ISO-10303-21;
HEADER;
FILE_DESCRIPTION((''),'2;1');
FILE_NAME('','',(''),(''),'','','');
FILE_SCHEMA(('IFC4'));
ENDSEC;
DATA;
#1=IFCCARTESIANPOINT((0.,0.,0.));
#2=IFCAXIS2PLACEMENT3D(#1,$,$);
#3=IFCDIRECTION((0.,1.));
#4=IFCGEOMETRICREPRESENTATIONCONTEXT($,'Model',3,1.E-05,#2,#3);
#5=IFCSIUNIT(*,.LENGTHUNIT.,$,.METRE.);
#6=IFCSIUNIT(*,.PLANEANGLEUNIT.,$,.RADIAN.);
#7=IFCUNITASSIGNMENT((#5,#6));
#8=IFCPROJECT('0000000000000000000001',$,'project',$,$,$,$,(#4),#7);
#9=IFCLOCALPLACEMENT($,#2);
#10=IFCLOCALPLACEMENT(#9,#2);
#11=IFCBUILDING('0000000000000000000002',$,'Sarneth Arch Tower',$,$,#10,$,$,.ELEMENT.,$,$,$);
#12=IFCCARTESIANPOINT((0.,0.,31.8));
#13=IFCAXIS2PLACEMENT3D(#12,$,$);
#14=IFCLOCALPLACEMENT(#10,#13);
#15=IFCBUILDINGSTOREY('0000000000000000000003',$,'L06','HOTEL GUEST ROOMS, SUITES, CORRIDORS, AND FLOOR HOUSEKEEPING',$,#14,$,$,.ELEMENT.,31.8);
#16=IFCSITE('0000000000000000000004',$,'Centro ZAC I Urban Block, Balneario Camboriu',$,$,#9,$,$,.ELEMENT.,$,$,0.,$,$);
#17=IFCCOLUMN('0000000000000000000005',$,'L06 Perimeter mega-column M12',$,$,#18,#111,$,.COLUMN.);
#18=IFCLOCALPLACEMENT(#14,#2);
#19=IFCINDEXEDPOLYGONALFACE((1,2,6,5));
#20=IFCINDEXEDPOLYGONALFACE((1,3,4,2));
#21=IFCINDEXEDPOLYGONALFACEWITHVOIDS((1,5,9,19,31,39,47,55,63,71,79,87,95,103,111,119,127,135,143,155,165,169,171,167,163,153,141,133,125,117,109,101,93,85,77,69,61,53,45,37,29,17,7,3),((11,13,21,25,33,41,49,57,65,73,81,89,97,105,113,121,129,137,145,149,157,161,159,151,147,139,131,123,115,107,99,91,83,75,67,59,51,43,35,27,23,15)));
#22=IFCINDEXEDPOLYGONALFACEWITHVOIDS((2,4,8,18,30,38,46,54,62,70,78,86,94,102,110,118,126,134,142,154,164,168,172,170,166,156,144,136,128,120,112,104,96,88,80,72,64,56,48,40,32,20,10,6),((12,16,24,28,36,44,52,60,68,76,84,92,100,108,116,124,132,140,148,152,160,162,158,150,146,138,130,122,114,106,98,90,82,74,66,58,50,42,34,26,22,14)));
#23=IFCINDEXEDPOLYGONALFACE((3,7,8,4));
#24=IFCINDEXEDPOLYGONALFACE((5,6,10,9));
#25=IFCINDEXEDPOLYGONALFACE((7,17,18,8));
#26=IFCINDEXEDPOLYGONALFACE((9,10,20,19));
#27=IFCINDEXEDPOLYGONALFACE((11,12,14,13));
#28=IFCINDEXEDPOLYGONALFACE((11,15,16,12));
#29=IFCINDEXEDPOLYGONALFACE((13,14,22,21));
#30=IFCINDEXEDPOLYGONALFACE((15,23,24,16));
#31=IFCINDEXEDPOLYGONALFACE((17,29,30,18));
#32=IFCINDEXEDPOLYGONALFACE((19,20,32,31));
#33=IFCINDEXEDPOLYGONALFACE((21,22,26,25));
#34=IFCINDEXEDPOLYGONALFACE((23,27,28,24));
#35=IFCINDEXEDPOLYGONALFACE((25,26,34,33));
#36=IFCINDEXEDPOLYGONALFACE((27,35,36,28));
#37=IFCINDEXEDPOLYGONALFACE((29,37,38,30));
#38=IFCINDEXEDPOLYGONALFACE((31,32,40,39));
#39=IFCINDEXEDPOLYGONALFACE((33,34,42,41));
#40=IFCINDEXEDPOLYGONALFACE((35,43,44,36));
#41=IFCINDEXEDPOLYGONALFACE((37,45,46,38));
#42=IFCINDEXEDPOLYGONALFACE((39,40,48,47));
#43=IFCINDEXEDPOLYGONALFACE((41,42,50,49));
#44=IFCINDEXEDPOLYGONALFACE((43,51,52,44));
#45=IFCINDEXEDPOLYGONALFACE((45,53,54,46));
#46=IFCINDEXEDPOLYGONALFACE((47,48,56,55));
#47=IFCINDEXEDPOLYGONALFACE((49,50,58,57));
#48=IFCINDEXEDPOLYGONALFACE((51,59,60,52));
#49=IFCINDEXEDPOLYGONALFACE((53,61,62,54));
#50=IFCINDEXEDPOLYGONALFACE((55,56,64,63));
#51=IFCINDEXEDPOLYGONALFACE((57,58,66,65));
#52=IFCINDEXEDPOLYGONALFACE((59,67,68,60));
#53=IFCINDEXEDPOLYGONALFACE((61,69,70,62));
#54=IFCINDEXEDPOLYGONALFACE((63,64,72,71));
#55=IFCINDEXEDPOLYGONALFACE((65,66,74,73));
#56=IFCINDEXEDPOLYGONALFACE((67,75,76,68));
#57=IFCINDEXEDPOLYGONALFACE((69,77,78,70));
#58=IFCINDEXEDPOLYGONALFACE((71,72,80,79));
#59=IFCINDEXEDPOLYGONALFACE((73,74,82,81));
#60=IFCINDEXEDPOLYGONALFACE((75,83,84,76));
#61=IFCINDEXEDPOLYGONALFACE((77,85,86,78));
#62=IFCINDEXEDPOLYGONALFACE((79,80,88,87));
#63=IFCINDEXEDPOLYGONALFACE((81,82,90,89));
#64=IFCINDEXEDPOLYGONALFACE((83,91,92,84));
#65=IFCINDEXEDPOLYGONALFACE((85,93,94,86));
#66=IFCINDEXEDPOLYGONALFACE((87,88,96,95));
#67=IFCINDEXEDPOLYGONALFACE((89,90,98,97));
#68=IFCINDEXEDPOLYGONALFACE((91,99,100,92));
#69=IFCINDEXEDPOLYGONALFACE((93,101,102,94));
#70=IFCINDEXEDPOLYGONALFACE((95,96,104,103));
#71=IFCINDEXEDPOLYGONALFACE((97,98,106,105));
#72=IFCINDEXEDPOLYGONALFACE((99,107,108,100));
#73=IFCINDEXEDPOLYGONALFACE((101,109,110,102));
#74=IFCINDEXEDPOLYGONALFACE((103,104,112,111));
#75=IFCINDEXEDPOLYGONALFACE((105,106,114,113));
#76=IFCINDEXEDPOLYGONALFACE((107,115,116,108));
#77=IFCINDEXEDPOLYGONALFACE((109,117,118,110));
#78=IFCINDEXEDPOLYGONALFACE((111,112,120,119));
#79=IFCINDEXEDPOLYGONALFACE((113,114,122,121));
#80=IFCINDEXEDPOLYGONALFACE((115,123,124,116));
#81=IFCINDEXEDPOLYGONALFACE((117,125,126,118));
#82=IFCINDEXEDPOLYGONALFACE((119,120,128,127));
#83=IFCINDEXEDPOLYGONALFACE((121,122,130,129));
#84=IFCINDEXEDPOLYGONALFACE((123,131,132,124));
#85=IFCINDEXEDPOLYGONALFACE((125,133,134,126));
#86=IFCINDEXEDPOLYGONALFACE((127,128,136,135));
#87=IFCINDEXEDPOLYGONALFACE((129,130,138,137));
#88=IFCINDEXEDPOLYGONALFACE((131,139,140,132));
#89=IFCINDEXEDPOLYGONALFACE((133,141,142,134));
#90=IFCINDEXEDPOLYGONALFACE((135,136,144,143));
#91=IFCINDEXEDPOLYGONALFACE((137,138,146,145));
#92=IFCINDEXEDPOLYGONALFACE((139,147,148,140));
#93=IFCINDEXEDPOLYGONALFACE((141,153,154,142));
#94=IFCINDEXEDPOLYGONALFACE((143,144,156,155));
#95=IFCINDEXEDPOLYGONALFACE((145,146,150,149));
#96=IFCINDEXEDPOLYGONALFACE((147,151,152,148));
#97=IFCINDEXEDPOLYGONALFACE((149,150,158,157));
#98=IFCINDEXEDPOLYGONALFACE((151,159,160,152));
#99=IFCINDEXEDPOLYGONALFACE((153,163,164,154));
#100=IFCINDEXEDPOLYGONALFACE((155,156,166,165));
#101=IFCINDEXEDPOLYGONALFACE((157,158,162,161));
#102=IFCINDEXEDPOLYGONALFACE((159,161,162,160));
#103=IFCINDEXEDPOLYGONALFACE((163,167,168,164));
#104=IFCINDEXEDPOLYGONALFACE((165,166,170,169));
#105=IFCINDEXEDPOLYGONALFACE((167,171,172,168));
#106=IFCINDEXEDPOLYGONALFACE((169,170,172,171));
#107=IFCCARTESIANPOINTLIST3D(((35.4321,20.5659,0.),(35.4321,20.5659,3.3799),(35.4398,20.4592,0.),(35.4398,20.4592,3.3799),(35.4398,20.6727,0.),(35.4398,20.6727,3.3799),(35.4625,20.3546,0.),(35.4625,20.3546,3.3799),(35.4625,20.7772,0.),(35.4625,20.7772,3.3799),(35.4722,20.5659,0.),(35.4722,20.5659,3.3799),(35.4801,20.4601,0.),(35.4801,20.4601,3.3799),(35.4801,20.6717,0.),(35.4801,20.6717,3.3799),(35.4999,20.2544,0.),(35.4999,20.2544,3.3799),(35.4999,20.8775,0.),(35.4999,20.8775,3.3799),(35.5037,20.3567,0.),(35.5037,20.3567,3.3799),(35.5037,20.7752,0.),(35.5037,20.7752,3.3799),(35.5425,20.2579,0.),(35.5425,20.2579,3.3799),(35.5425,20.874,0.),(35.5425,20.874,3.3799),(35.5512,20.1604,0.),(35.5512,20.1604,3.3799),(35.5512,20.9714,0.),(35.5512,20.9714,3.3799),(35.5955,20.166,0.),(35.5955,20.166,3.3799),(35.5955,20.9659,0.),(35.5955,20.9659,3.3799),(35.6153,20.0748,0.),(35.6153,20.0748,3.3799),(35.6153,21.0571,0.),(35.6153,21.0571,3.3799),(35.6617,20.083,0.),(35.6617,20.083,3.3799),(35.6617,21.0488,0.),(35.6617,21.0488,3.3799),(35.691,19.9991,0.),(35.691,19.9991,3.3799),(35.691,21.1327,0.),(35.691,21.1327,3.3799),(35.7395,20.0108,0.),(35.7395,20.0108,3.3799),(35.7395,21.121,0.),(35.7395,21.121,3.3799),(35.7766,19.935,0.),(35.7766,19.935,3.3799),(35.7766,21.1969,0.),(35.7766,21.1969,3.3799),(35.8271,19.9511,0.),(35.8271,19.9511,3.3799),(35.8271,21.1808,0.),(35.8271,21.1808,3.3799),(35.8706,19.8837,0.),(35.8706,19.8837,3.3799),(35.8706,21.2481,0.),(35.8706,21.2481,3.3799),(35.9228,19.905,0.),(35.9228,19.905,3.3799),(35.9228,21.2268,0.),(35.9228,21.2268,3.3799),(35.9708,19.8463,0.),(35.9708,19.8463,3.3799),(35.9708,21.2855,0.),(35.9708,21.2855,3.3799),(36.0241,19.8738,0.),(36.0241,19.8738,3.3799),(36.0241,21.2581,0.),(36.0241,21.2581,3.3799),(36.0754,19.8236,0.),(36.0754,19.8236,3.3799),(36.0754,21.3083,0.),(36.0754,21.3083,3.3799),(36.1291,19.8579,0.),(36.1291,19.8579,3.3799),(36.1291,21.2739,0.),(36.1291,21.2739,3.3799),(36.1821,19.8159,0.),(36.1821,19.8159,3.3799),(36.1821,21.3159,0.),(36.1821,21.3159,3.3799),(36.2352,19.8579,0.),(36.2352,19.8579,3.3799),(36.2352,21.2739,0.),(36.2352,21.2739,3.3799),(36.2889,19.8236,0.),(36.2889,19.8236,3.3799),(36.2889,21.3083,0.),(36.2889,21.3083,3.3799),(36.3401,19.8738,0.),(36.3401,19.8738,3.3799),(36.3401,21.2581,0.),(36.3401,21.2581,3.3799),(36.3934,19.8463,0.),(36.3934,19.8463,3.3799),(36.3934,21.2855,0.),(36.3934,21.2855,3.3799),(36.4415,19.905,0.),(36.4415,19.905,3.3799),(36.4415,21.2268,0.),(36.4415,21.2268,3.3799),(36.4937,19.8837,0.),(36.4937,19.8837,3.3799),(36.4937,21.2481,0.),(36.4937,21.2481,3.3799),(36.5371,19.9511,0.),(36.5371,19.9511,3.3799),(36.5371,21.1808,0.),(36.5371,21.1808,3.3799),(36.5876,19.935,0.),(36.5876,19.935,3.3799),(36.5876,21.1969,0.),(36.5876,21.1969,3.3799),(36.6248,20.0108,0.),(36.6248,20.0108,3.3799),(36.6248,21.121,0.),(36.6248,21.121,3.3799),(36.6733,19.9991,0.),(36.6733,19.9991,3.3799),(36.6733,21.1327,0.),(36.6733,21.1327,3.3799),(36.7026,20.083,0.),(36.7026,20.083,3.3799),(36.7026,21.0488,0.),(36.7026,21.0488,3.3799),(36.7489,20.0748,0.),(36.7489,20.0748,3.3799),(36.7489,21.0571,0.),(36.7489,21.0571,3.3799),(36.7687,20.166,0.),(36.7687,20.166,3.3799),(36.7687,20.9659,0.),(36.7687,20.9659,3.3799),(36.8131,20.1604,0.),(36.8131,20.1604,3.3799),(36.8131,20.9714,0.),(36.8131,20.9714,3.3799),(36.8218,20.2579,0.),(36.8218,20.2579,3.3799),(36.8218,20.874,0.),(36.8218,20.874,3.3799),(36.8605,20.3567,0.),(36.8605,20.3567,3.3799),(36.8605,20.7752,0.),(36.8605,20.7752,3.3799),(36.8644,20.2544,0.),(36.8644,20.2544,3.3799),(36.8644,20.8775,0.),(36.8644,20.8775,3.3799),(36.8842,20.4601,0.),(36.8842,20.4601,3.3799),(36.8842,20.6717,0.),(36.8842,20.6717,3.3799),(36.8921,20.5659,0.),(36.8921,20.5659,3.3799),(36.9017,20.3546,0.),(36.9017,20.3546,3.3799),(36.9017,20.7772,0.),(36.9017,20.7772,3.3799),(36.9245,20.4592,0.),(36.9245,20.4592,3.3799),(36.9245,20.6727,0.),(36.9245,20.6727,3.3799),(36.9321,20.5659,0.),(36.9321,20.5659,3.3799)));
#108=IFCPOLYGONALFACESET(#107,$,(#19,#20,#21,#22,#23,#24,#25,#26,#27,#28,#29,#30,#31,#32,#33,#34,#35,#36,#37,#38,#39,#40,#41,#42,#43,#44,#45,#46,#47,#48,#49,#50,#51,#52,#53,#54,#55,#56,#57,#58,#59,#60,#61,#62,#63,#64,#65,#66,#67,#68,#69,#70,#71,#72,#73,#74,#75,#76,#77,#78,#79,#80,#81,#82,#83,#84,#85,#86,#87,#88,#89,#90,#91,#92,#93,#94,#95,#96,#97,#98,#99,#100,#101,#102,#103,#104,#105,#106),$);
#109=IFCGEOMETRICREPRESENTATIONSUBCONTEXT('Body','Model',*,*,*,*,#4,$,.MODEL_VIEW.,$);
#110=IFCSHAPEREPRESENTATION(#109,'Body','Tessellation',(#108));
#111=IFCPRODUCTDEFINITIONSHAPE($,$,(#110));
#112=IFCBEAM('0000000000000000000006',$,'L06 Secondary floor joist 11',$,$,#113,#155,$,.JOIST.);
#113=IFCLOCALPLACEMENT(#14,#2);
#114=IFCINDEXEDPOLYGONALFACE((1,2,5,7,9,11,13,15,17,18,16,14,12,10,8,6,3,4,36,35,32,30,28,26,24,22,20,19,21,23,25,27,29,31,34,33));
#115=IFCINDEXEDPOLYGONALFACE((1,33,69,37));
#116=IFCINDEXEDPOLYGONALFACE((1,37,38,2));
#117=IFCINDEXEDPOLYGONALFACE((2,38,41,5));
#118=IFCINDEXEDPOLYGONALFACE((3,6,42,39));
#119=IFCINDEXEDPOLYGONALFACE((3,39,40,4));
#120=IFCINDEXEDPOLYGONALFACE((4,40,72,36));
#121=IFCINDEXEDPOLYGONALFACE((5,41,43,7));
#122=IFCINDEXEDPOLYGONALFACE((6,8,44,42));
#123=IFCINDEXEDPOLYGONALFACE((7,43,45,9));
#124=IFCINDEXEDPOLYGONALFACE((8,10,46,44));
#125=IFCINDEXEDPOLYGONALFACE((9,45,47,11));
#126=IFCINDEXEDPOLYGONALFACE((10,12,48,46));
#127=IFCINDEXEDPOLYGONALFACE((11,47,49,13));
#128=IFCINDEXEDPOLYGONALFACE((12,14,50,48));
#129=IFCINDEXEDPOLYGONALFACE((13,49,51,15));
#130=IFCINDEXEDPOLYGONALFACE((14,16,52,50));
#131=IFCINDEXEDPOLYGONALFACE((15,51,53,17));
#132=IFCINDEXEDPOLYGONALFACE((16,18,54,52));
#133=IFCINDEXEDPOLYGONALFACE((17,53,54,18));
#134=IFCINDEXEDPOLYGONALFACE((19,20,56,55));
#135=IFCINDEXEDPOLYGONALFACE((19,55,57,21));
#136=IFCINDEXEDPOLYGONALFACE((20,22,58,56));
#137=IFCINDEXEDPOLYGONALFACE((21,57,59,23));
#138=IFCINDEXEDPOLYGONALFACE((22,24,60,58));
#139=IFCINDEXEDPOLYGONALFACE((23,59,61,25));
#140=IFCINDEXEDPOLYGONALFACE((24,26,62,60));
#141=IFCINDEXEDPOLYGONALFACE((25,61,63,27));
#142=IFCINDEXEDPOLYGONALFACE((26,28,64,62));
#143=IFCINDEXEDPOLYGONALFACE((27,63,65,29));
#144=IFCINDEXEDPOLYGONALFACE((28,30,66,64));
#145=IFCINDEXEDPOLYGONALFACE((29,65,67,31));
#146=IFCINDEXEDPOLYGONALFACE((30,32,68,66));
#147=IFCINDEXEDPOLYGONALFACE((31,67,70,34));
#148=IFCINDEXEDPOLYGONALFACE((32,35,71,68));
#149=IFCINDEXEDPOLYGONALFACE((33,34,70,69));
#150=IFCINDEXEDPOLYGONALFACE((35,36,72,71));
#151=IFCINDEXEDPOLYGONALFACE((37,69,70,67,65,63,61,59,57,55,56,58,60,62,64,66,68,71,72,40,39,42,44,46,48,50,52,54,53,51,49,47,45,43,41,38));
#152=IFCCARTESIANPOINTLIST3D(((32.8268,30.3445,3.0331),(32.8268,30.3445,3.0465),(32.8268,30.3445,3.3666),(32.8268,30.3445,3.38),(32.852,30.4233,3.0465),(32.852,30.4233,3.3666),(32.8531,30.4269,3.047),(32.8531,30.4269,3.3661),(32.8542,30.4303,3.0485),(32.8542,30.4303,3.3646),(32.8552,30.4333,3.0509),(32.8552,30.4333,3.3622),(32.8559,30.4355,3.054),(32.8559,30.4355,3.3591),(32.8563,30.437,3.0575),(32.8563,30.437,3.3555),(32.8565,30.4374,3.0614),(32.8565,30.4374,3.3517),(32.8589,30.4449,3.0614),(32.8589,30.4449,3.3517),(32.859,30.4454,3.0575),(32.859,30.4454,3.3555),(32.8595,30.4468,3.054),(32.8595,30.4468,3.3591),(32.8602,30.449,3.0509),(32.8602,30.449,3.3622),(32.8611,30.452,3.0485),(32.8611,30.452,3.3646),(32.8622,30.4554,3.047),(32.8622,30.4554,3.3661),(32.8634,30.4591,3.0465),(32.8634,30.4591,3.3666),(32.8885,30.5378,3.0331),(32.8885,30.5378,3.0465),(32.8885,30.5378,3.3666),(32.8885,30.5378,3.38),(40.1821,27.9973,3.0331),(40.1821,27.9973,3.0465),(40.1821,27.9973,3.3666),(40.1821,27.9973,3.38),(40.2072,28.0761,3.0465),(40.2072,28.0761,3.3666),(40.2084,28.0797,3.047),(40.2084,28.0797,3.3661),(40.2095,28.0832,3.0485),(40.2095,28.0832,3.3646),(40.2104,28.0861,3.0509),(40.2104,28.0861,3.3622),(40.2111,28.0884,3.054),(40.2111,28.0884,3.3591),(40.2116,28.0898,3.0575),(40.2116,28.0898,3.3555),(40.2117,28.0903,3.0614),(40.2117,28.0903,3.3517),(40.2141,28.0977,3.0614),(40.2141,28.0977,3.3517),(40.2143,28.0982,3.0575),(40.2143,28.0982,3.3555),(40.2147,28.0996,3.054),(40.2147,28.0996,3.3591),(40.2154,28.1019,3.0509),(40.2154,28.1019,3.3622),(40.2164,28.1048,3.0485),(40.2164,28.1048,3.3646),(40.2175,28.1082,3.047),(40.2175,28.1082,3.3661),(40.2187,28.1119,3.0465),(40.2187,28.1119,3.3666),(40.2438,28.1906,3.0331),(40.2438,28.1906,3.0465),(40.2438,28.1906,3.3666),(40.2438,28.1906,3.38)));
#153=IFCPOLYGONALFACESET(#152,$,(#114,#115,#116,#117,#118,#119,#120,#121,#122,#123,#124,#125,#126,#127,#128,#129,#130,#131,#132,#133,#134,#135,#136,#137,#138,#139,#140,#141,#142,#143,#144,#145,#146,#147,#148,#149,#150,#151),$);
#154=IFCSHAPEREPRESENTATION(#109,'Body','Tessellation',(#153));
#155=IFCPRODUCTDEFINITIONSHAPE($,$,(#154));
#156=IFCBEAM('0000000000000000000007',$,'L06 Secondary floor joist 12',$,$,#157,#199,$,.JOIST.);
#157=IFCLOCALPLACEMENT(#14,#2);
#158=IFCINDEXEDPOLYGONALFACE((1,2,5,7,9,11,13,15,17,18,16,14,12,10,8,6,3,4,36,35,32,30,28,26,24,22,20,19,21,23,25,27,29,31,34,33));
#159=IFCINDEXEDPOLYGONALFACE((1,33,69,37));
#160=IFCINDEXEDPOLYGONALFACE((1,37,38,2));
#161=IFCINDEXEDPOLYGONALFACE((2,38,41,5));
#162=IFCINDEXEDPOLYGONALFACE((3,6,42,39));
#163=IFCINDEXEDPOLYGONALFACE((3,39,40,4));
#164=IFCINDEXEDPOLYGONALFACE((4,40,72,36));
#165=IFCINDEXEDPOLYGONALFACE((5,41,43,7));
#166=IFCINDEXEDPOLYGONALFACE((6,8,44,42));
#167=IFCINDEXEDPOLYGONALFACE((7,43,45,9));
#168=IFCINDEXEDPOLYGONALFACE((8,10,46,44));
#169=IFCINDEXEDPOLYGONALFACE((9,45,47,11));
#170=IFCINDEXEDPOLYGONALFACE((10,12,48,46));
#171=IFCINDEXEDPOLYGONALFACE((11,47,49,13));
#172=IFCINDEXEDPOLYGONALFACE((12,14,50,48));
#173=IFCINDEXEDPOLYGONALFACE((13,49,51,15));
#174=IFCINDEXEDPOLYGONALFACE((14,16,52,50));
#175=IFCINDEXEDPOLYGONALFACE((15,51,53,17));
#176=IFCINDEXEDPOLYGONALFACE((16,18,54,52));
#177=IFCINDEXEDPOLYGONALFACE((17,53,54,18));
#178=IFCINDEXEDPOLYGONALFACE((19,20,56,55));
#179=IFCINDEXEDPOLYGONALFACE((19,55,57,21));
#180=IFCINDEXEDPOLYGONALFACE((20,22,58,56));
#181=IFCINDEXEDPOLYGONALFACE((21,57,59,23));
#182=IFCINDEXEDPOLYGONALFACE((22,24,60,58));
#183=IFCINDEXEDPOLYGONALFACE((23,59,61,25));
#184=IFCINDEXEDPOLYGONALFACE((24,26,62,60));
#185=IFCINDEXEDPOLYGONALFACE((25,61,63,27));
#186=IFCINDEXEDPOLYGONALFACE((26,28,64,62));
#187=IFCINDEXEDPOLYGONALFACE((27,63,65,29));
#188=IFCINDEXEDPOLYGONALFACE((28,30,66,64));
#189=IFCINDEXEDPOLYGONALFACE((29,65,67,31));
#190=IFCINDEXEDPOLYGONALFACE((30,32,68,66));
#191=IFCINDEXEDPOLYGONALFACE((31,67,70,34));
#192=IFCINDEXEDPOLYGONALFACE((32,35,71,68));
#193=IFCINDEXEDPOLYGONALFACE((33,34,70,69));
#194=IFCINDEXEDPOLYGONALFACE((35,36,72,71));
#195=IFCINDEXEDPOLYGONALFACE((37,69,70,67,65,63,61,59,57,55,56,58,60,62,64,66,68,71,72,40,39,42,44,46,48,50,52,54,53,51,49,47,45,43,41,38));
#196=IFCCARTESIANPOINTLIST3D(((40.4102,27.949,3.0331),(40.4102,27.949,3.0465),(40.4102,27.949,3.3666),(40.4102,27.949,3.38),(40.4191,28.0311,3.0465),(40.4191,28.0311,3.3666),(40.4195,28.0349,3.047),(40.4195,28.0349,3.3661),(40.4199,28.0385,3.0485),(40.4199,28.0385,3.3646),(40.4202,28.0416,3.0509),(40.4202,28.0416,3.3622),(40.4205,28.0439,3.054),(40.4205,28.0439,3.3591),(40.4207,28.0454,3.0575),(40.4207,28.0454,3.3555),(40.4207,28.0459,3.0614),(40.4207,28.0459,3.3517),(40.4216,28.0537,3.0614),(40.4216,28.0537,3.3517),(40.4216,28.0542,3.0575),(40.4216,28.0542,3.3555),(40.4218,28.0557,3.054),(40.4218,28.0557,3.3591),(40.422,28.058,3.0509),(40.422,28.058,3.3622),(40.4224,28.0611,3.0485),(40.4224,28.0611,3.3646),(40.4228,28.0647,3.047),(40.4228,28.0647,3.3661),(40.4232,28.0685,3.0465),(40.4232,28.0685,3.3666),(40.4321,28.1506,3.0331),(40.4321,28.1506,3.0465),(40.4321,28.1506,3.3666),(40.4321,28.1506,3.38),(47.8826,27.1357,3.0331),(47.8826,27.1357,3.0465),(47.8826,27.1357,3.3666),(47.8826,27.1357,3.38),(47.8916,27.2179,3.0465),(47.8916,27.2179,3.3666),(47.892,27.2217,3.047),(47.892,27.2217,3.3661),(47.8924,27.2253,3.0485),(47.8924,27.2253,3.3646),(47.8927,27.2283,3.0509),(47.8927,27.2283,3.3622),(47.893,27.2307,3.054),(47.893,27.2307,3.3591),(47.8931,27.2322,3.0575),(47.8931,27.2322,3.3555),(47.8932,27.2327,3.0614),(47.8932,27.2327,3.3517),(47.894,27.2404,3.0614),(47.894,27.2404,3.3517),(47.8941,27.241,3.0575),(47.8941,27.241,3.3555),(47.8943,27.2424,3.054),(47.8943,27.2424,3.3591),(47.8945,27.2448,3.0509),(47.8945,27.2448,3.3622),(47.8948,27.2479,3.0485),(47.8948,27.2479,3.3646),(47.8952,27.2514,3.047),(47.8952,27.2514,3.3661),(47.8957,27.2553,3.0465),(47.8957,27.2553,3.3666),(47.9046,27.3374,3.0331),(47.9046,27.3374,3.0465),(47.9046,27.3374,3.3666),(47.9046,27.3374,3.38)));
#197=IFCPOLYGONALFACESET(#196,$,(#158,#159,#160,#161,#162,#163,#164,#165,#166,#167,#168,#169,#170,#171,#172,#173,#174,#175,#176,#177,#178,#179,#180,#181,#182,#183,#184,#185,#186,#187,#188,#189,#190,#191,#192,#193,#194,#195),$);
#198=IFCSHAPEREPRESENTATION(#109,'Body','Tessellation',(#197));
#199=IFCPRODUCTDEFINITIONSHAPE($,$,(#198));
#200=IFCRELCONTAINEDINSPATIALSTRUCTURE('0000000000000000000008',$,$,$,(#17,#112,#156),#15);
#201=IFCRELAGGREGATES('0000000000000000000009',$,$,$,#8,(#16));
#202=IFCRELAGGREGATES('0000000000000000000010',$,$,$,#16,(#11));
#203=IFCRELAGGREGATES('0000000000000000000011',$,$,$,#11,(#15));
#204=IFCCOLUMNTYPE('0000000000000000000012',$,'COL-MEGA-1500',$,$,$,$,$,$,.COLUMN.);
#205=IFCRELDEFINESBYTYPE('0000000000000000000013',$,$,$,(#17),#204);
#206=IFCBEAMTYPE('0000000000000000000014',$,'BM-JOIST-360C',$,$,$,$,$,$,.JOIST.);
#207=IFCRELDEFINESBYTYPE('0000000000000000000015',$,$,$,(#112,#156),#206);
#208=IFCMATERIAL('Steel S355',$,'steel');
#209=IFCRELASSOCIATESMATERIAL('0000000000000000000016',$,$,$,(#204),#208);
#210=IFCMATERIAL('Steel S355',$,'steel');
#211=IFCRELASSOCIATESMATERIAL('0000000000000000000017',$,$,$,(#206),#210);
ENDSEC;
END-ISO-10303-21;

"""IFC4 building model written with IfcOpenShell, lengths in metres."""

from ifc_helpers import new_model, si_unit, direction, frame, origin, origin_2d, place, context, subcontext, project, spatial, hollow_circle, i_section, extrude, material, material_profile, profile_set, type_object, element, save


model = new_model("IFC4")

# Units and contexts
model_context = context("Model", 3, precision=1e-05, world=origin(), true_north=direction((0.0, 1.0)))
body_context = subcontext(model_context, "Body", "Model", "MODEL_VIEW")
ifc_project = project(units=[si_unit("LENGTHUNIT", "METRE"), si_unit("PLANEANGLEUNIT", "RADIAN")], contexts=[model_context])

# Site, building, storey
site_placement = place(None, origin())
site = spatial("IfcSite", under=ifc_project, at=site_placement, Name="Centro ZAC I Urban Block, Balneario Camboriu", CompositionType="ELEMENT", RefElevation=0.0)
building_placement = place(site_placement, origin())
building = spatial("IfcBuilding", under=site, at=building_placement, Name="Sarneth Arch Tower", CompositionType="ELEMENT")
storey_placement = place(building_placement, frame((0.0, 0.0, 31.8)))
storey = spatial("IfcBuildingStorey", under=building, at=storey_placement, Name="L06", Description="HOTEL GUEST ROOMS, SUITES, CORRIDORS, AND FLOOR HOUSEKEEPING", CompositionType="ELEMENT", Elevation=31.8)

# Column
ifc_material_1 = material(Name="Steel S355", Category="steel")
ifc_material_profile_1 = material_profile(ifc_material_1, hollow_circle(Radius=0.75, WallThickness=0.04, at=origin_2d()), Name="CHS1500x40")
ifc_profile_set_1 = profile_set([ifc_material_profile_1], Name="Steel S355")
column_type = type_object("IfcColumnType", Name="COL-MEGA-1500", PredefinedType="COLUMN", material=ifc_profile_set_1)
column_placement = place(storey_placement, frame((36.1821, 20.5659, 0.0), z_axis=(0.0, 0.0, 1.0), x_axis=(1.0, 0.0, 0.0)))
element("IfcColumn", 1, at=column_placement, inside=storey, type_object=column_type, Name="L06 Perimeter mega-column M12", PredefinedType="COLUMN", context=body_context, shape_type="SweptSolid", body=[
    extrude(hollow_circle(Radius=0.75, WallThickness=0.04, at=origin_2d()), origin(), (0.0, 0.0, 1.0), 3.3799),
])

# Beams
ifc_material_2 = material(Name="Steel S355", Category="steel")
ifc_material_profile_2 = material_profile(ifc_material_2, i_section(OverallWidth=0.2029, OverallDepth=0.3469, WebThickness=0.0078, FlangeThickness=0.0134, FilletRadius=0.0149, at=origin_2d()), Name="W360x64")
ifc_profile_set_2 = profile_set([ifc_material_profile_2], Name="Steel S355")
beam_type_1 = type_object("IfcBeamType", Name="BM-JOIST-360C", PredefinedType="JOIST", material=ifc_profile_set_2)
beam_1_placement = place(storey_placement, frame((32.8577, 30.4412, 3.2065), z_axis=(0.952668, -0.304011, 0.0), x_axis=(0.304011, 0.952668, 0.0)))
element("IfcBeam", 2, at=beam_1_placement, inside=storey, type_object=beam_type_1, Name="L06 Secondary floor joist 11", PredefinedType="JOIST", context=body_context, shape_type="SweptSolid", body=[
    extrude(i_section(OverallWidth=0.2029, OverallDepth=0.3469, WebThickness=0.0078, FlangeThickness=0.0134, FilletRadius=0.0149, at=origin_2d()), origin(), (0.0, 0.0, 1.0), 7.7207),
])
beam_2_placement = place(storey_placement, frame((40.4211, 28.0498, 3.2065), z_axis=(0.99413, -0.108192, 0.0), x_axis=(0.108192, 0.99413, 0.0)))
element("IfcBeam", 3, at=beam_2_placement, inside=storey, type_object=beam_type_1, Name="L06 Secondary floor joist 12", PredefinedType="JOIST", context=body_context, shape_type="SweptSolid", body=[
    extrude(i_section(OverallWidth=0.2029, OverallDepth=0.3469, WebThickness=0.0078, FlangeThickness=0.0134, FilletRadius=0.0149, at=origin_2d()), origin(), (0.0, 0.0, 1.0), 7.5166),
])

save(model, "model.ifc")
